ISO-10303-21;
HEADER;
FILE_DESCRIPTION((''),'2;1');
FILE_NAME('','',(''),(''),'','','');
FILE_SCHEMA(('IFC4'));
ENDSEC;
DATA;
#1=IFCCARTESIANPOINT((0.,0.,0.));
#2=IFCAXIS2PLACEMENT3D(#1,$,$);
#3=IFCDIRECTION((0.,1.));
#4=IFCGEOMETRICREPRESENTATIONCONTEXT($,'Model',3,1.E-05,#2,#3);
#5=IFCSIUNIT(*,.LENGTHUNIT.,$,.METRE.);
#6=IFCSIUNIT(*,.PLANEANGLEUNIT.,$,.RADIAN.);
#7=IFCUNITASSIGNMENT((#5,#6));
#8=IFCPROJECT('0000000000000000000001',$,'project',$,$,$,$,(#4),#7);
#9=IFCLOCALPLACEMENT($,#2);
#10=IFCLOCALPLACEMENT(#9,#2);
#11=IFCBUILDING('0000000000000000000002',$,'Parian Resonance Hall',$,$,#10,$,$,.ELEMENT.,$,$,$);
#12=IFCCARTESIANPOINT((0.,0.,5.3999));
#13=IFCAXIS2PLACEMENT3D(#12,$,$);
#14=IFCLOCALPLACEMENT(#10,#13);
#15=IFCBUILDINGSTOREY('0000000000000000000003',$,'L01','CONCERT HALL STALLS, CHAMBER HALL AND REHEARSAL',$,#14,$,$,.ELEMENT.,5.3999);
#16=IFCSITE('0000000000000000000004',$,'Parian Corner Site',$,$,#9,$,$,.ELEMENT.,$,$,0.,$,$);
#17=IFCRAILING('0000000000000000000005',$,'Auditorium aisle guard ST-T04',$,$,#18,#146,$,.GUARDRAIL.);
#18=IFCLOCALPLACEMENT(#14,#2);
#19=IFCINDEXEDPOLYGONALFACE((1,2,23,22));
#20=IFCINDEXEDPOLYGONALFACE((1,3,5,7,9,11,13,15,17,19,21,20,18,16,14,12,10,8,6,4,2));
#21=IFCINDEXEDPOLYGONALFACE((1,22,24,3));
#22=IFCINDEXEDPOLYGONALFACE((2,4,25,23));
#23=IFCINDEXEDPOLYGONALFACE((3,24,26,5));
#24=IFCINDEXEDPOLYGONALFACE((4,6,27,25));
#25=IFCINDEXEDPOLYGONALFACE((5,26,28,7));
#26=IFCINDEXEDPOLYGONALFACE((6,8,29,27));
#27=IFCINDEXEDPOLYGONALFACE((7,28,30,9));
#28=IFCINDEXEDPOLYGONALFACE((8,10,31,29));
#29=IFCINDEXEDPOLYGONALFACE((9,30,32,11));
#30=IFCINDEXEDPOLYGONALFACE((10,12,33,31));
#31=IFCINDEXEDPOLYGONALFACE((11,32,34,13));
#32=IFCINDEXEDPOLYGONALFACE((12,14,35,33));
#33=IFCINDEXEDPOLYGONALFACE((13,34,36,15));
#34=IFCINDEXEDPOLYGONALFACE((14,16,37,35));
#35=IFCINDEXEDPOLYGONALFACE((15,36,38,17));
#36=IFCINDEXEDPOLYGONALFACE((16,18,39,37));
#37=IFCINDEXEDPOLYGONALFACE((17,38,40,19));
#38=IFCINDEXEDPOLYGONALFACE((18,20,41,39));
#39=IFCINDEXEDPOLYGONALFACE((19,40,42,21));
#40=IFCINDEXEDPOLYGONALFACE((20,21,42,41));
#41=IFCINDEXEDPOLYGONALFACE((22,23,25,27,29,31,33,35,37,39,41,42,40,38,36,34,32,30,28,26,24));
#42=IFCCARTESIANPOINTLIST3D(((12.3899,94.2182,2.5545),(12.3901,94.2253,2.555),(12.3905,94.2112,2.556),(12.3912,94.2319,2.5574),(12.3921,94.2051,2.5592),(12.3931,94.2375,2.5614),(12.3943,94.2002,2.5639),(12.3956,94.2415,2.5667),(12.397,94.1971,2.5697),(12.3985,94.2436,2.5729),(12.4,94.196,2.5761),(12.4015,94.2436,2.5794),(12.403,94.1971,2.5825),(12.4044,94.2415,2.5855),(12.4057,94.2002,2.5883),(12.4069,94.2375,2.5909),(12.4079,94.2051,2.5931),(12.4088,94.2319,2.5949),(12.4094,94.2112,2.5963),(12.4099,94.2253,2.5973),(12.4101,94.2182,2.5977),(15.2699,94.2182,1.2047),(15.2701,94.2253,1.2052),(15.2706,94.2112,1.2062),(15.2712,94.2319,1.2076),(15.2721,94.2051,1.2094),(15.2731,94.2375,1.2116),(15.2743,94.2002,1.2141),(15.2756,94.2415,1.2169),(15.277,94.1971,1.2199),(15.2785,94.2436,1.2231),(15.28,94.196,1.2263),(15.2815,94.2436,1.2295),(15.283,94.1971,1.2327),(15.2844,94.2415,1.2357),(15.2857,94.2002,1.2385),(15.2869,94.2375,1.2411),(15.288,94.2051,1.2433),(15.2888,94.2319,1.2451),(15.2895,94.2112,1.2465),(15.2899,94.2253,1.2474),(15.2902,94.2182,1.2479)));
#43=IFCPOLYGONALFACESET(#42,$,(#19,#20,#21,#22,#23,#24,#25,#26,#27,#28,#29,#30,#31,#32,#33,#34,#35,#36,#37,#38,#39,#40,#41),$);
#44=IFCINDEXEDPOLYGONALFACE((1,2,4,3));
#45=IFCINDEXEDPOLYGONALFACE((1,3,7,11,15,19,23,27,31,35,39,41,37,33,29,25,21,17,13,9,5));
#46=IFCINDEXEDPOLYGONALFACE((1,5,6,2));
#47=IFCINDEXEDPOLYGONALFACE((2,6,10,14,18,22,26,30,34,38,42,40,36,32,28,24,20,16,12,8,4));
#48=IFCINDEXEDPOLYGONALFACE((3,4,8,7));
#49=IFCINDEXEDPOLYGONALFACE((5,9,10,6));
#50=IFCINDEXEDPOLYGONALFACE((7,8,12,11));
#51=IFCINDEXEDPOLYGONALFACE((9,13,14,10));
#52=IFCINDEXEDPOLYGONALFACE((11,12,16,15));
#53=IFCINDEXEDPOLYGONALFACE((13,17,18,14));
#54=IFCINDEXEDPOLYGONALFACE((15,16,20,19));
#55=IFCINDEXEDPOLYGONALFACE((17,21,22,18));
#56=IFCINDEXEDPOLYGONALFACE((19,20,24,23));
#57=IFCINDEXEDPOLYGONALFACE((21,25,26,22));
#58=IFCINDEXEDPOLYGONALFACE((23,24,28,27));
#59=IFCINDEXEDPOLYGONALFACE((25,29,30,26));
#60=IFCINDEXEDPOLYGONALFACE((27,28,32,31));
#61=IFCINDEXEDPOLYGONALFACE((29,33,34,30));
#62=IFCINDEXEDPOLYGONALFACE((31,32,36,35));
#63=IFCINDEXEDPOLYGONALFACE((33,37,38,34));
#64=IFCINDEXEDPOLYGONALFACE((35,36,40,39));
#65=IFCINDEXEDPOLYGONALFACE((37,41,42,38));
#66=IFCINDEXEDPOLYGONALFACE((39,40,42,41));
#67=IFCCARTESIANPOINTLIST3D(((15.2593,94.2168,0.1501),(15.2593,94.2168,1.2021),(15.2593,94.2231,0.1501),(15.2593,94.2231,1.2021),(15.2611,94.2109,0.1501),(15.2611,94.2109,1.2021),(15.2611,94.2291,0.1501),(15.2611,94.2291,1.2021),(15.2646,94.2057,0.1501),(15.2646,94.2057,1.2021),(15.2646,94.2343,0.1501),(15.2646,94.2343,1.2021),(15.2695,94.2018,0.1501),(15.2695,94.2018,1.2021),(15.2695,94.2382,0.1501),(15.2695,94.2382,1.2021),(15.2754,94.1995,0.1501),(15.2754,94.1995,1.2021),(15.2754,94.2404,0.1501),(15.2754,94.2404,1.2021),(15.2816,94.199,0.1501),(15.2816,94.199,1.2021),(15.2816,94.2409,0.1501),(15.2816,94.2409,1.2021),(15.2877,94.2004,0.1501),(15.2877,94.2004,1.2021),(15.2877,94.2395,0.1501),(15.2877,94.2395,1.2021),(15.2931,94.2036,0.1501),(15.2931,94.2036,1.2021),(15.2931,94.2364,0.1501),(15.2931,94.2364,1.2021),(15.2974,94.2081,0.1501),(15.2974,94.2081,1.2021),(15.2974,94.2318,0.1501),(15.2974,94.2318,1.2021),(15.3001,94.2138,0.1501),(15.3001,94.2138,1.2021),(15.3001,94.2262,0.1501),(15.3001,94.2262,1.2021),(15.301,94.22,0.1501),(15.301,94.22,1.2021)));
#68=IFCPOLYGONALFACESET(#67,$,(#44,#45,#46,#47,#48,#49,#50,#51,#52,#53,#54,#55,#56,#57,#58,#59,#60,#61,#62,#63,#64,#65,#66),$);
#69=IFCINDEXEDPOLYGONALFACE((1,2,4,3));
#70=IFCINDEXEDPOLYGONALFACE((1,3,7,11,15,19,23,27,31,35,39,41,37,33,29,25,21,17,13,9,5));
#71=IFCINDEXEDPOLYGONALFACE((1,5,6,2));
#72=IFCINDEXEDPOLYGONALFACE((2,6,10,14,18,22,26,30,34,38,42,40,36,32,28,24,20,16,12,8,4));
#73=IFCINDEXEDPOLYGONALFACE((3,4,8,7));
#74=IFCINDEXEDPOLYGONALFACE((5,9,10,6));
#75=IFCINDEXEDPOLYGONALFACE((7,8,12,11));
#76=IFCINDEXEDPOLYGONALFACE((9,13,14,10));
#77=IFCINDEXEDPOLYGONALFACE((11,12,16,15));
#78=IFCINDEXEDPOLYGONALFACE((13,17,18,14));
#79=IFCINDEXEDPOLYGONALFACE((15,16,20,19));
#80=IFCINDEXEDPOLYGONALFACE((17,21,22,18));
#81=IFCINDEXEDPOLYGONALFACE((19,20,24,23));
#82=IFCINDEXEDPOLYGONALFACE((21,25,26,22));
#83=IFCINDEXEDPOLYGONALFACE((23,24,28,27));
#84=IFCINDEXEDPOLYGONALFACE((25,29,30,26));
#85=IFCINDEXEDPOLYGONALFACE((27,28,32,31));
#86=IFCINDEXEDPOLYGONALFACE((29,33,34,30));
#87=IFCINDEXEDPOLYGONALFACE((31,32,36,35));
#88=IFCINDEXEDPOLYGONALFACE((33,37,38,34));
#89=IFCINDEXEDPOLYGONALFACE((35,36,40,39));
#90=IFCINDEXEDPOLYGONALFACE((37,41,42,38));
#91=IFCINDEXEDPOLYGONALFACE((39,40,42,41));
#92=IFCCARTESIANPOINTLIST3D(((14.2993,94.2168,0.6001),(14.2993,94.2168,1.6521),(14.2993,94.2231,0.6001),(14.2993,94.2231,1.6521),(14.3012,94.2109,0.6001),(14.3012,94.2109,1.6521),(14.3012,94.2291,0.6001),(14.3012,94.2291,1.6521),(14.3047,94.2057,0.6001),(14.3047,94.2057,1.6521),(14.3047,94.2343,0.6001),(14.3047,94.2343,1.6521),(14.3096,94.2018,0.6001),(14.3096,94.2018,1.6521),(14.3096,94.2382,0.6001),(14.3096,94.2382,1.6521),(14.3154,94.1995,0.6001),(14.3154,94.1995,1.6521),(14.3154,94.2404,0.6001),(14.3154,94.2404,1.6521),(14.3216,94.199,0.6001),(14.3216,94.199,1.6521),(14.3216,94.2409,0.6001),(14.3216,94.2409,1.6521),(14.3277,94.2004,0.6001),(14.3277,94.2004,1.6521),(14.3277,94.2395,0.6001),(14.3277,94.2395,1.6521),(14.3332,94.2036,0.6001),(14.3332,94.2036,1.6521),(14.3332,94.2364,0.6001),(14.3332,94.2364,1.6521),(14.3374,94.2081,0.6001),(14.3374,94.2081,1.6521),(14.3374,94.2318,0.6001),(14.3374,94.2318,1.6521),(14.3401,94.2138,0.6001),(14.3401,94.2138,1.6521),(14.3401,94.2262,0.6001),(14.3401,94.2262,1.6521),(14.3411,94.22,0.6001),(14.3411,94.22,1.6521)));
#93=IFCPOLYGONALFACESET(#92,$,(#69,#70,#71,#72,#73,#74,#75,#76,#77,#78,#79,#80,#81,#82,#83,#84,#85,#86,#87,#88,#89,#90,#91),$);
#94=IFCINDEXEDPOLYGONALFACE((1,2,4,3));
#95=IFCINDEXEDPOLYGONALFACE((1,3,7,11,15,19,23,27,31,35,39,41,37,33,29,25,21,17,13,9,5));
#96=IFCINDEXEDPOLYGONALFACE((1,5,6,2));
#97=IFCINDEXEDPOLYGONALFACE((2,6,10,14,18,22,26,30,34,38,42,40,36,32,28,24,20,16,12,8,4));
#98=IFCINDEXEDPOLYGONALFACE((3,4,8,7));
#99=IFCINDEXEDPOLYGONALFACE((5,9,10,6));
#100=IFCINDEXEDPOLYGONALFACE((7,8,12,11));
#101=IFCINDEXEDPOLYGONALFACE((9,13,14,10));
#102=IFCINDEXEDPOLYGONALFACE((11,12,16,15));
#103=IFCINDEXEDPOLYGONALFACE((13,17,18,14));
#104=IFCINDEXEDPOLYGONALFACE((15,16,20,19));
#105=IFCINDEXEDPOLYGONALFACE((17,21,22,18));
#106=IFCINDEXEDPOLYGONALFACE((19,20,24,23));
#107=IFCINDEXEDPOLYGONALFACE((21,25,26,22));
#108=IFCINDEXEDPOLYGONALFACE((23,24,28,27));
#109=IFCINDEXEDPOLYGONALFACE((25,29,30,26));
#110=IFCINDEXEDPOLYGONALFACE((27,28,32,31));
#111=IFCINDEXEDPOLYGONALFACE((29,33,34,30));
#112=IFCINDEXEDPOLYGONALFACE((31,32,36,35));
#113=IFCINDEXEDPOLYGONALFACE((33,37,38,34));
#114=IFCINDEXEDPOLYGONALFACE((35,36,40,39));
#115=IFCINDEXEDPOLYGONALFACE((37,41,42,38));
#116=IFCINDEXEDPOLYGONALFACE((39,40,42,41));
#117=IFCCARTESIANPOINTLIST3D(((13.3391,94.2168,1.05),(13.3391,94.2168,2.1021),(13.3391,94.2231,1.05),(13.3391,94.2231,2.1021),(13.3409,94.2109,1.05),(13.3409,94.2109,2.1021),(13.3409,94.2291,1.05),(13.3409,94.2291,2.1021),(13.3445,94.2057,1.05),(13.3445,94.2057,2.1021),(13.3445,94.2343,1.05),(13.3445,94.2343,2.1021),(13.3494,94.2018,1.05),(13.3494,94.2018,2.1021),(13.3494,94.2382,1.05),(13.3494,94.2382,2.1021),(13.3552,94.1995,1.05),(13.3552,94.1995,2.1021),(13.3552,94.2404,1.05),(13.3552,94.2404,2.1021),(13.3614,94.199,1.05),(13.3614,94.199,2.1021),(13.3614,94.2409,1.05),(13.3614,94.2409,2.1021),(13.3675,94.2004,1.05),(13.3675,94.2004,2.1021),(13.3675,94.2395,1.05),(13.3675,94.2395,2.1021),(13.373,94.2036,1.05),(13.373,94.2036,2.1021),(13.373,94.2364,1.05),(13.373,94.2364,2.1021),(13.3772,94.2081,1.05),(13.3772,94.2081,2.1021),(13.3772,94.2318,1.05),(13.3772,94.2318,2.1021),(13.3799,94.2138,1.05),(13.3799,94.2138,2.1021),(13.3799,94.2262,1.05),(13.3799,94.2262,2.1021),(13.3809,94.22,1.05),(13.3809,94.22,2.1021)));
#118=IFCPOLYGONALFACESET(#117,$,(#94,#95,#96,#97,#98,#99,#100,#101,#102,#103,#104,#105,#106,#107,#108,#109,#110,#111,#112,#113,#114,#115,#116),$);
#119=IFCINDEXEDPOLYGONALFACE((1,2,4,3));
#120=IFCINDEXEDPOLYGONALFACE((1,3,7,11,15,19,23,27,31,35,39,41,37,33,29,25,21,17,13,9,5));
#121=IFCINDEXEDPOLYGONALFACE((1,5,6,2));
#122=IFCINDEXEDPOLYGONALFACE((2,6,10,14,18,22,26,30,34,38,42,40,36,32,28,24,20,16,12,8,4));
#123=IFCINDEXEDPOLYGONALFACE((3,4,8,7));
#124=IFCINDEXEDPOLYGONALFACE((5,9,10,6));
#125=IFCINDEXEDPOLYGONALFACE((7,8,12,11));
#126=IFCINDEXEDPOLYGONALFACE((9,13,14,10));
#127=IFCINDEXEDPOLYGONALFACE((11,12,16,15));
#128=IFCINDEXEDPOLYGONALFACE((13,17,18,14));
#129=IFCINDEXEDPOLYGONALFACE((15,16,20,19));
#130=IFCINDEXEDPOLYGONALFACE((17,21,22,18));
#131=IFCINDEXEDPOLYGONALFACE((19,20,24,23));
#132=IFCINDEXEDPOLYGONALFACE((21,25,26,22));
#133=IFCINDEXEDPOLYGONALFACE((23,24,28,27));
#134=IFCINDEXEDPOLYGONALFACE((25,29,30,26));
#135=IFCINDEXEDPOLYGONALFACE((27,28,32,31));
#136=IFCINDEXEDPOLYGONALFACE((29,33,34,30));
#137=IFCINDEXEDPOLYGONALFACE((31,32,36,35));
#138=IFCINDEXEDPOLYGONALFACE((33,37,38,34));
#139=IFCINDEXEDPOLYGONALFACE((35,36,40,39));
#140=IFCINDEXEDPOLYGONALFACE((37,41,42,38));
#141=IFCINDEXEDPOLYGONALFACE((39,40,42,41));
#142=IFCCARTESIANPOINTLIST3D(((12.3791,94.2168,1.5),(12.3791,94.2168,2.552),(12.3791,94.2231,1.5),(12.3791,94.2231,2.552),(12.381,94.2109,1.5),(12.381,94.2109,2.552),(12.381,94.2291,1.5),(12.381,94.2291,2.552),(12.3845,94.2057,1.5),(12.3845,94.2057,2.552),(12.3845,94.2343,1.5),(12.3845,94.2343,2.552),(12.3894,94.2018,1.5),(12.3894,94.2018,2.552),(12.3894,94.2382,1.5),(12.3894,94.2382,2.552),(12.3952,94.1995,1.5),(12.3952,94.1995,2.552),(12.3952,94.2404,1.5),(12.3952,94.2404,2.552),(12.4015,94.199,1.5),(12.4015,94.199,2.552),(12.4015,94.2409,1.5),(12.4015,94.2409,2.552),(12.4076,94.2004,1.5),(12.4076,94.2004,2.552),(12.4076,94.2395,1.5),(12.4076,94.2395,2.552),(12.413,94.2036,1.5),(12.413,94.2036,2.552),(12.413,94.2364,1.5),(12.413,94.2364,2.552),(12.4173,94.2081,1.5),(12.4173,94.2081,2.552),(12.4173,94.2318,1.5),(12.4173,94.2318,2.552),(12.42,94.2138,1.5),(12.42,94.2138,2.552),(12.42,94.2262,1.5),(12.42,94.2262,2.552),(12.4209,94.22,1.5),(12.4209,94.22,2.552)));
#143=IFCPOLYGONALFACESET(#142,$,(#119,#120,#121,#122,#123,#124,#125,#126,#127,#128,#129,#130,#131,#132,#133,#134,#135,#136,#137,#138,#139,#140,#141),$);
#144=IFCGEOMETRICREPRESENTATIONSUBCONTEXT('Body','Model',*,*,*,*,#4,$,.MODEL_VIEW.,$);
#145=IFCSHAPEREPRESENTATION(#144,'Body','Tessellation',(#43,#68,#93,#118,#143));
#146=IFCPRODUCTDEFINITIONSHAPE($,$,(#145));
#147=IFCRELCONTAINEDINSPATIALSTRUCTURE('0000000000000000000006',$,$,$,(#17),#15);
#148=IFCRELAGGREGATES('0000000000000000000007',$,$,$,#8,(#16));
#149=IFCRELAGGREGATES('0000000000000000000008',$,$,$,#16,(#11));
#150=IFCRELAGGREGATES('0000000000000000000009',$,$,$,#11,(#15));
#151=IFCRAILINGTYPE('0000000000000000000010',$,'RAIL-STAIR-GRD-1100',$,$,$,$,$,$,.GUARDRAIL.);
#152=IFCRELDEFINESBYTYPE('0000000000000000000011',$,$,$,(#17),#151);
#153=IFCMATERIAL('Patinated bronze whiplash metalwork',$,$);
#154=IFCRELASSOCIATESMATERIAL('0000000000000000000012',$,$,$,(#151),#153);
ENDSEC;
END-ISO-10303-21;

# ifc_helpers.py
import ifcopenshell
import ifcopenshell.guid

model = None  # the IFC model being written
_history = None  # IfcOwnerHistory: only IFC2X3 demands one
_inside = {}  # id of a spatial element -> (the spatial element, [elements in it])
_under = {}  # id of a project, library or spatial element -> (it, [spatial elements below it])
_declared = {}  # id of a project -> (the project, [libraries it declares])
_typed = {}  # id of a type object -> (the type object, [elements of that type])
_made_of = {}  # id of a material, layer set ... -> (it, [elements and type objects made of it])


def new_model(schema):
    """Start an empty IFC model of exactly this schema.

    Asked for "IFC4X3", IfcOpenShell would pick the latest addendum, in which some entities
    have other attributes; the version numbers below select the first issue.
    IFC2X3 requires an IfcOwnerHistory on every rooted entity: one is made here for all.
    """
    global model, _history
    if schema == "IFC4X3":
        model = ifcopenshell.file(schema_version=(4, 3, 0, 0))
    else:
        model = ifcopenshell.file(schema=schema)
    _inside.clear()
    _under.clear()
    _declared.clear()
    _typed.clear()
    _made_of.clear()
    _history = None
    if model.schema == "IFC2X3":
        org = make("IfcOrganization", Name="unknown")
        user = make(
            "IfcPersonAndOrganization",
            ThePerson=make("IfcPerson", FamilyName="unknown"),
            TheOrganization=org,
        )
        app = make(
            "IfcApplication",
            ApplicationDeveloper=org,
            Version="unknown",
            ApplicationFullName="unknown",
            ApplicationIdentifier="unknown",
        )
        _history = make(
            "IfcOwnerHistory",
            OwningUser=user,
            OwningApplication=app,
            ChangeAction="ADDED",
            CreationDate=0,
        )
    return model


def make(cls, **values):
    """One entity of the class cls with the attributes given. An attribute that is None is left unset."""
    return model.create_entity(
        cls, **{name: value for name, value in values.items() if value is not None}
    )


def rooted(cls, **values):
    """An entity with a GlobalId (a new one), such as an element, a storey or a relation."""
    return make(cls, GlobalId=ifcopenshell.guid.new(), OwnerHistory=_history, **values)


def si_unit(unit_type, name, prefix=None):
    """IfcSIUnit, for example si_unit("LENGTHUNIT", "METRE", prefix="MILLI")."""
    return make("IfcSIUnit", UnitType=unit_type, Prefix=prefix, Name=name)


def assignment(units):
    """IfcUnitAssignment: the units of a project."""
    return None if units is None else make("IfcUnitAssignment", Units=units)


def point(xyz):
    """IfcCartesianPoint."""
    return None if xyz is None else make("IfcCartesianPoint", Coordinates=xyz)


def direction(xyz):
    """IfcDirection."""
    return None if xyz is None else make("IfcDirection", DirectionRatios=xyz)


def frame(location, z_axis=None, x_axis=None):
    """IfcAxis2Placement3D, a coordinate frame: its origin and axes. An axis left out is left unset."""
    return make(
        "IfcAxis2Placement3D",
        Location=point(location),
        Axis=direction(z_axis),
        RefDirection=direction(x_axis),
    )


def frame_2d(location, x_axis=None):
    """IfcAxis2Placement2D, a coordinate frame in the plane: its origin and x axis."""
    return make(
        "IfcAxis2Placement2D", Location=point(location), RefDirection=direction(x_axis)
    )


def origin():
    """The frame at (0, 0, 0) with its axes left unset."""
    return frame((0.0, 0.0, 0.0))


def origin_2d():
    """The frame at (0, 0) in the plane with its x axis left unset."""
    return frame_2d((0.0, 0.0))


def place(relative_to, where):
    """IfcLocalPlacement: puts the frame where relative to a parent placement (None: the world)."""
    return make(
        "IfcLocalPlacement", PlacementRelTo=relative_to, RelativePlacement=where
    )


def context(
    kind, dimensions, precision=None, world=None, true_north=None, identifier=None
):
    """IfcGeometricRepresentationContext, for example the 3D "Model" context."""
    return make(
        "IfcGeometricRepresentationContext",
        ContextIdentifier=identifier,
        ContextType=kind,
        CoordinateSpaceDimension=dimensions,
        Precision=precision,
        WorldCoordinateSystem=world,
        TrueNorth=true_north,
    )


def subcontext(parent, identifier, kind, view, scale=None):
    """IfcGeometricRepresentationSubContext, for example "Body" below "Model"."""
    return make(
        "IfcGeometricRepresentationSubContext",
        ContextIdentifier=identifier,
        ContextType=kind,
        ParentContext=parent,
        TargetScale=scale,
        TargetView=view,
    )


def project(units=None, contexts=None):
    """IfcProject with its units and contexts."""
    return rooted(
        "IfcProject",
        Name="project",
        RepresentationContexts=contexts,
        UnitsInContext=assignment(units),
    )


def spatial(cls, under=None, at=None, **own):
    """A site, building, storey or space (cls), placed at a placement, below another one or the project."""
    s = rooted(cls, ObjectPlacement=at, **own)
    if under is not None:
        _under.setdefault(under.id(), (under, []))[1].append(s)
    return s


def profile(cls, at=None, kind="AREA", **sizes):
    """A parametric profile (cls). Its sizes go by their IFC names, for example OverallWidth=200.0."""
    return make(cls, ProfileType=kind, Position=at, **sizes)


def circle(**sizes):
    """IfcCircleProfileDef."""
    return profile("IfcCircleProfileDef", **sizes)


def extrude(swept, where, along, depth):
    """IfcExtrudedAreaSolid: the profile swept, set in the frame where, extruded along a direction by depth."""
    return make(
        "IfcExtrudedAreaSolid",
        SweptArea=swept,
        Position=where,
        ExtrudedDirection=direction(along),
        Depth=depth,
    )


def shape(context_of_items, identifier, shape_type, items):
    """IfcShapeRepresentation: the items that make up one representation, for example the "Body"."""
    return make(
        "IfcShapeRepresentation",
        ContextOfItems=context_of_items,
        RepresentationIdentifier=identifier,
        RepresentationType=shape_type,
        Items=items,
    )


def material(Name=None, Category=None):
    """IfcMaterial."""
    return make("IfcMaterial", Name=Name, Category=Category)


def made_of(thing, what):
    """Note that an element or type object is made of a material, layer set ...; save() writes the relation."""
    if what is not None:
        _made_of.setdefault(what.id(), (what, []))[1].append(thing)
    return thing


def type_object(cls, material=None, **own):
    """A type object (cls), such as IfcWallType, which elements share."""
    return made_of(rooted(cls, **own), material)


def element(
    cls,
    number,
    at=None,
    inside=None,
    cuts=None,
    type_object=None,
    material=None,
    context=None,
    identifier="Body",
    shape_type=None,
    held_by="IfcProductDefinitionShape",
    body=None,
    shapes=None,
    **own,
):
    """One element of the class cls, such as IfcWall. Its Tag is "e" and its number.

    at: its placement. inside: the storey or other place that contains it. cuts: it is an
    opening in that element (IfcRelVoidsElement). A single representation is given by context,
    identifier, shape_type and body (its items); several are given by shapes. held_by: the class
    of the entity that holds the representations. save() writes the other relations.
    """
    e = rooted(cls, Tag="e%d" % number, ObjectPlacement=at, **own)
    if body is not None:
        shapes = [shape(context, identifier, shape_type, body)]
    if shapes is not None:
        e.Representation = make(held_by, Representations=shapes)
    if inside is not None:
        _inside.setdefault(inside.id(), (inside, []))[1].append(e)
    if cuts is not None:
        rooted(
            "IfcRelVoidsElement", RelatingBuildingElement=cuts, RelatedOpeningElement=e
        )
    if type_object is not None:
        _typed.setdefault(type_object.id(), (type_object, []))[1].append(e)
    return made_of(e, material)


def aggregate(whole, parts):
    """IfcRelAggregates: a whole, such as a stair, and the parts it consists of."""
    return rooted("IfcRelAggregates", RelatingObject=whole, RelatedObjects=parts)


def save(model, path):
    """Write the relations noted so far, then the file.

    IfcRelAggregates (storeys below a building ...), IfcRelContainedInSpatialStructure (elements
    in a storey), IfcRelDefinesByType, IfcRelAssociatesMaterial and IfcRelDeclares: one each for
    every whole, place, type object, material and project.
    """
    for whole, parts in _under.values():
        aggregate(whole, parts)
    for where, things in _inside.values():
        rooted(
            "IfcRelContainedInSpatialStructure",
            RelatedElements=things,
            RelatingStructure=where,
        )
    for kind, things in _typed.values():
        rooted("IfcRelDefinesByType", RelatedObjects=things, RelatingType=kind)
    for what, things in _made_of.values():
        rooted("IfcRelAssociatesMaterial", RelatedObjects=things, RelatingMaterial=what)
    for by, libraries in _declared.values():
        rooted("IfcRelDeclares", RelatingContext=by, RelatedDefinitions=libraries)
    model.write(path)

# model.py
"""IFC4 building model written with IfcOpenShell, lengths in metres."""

from ifc_helpers import new_model, si_unit, direction, frame, origin, origin_2d, place, context, subcontext, project, spatial, circle, extrude, material, type_object, element, save


model = new_model("IFC4")

# Units and contexts
model_context = context("Model", 3, precision=1e-05, world=origin(), true_north=direction((0.0, 1.0)))
body_context = subcontext(model_context, "Body", "Model", "MODEL_VIEW")
ifc_project = project(units=[si_unit("LENGTHUNIT", "METRE"), si_unit("PLANEANGLEUNIT", "RADIAN")], contexts=[model_context])

# Site, building, storey
site_placement = place(None, origin())
site = spatial("IfcSite", under=ifc_project, at=site_placement, Name="Parian Corner Site", CompositionType="ELEMENT", RefElevation=0.0)
building_placement = place(site_placement, origin())
building = spatial("IfcBuilding", under=site, at=building_placement, Name="Parian Resonance Hall", CompositionType="ELEMENT")
storey_placement = place(building_placement, frame((0.0, 0.0, 5.3999)))
storey = spatial("IfcBuildingStorey", under=building, at=storey_placement, Name="L01", Description="CONCERT HALL STALLS, CHAMBER HALL AND REHEARSAL", CompositionType="ELEMENT", Elevation=5.3999)

# Railing
ifc_material_1 = material(Name="Patinated bronze whiplash metalwork")
railing_type_1 = type_object("IfcRailingType", Name="RAIL-STAIR-GRD-1100", PredefinedType="GUARDRAIL", material=ifc_material_1)
railing_1_placement = place(storey_placement, frame((15.28, 94.22, 0.1501)))
element("IfcRailing", 1, at=railing_1_placement, inside=storey, type_object=railing_type_1, Name="Auditorium aisle guard ST-T04", PredefinedType="GUARDRAIL", context=body_context, shape_type="SweptSolid", body=[
    extrude(circle(Radius=0.0239, at=origin_2d()), frame((0.0, 0.0, 1.0762), z_axis=(-0.905484, 0.0, 0.424381), x_axis=(0.0, -1.0, 0.0)), (0.0, 0.0, 1.0), 3.1807),
    extrude(circle(Radius=0.021, at=origin_2d()), origin(), (0.0, 0.0, 1.0), 1.052),
    extrude(circle(Radius=0.021, at=origin_2d()), frame((-0.96, 0.0, 0.45)), (0.0, 0.0, 1.0), 1.052),
    extrude(circle(Radius=0.021, at=origin_2d()), frame((-1.9202, 0.0, 0.8999)), (0.0, 0.0, 1.0), 1.052),
    extrude(circle(Radius=0.021, at=origin_2d()), frame((-2.8801, 0.0, 1.3499)), (0.0, 0.0, 1.0), 1.052),
])

save(model, "model.ifc")
